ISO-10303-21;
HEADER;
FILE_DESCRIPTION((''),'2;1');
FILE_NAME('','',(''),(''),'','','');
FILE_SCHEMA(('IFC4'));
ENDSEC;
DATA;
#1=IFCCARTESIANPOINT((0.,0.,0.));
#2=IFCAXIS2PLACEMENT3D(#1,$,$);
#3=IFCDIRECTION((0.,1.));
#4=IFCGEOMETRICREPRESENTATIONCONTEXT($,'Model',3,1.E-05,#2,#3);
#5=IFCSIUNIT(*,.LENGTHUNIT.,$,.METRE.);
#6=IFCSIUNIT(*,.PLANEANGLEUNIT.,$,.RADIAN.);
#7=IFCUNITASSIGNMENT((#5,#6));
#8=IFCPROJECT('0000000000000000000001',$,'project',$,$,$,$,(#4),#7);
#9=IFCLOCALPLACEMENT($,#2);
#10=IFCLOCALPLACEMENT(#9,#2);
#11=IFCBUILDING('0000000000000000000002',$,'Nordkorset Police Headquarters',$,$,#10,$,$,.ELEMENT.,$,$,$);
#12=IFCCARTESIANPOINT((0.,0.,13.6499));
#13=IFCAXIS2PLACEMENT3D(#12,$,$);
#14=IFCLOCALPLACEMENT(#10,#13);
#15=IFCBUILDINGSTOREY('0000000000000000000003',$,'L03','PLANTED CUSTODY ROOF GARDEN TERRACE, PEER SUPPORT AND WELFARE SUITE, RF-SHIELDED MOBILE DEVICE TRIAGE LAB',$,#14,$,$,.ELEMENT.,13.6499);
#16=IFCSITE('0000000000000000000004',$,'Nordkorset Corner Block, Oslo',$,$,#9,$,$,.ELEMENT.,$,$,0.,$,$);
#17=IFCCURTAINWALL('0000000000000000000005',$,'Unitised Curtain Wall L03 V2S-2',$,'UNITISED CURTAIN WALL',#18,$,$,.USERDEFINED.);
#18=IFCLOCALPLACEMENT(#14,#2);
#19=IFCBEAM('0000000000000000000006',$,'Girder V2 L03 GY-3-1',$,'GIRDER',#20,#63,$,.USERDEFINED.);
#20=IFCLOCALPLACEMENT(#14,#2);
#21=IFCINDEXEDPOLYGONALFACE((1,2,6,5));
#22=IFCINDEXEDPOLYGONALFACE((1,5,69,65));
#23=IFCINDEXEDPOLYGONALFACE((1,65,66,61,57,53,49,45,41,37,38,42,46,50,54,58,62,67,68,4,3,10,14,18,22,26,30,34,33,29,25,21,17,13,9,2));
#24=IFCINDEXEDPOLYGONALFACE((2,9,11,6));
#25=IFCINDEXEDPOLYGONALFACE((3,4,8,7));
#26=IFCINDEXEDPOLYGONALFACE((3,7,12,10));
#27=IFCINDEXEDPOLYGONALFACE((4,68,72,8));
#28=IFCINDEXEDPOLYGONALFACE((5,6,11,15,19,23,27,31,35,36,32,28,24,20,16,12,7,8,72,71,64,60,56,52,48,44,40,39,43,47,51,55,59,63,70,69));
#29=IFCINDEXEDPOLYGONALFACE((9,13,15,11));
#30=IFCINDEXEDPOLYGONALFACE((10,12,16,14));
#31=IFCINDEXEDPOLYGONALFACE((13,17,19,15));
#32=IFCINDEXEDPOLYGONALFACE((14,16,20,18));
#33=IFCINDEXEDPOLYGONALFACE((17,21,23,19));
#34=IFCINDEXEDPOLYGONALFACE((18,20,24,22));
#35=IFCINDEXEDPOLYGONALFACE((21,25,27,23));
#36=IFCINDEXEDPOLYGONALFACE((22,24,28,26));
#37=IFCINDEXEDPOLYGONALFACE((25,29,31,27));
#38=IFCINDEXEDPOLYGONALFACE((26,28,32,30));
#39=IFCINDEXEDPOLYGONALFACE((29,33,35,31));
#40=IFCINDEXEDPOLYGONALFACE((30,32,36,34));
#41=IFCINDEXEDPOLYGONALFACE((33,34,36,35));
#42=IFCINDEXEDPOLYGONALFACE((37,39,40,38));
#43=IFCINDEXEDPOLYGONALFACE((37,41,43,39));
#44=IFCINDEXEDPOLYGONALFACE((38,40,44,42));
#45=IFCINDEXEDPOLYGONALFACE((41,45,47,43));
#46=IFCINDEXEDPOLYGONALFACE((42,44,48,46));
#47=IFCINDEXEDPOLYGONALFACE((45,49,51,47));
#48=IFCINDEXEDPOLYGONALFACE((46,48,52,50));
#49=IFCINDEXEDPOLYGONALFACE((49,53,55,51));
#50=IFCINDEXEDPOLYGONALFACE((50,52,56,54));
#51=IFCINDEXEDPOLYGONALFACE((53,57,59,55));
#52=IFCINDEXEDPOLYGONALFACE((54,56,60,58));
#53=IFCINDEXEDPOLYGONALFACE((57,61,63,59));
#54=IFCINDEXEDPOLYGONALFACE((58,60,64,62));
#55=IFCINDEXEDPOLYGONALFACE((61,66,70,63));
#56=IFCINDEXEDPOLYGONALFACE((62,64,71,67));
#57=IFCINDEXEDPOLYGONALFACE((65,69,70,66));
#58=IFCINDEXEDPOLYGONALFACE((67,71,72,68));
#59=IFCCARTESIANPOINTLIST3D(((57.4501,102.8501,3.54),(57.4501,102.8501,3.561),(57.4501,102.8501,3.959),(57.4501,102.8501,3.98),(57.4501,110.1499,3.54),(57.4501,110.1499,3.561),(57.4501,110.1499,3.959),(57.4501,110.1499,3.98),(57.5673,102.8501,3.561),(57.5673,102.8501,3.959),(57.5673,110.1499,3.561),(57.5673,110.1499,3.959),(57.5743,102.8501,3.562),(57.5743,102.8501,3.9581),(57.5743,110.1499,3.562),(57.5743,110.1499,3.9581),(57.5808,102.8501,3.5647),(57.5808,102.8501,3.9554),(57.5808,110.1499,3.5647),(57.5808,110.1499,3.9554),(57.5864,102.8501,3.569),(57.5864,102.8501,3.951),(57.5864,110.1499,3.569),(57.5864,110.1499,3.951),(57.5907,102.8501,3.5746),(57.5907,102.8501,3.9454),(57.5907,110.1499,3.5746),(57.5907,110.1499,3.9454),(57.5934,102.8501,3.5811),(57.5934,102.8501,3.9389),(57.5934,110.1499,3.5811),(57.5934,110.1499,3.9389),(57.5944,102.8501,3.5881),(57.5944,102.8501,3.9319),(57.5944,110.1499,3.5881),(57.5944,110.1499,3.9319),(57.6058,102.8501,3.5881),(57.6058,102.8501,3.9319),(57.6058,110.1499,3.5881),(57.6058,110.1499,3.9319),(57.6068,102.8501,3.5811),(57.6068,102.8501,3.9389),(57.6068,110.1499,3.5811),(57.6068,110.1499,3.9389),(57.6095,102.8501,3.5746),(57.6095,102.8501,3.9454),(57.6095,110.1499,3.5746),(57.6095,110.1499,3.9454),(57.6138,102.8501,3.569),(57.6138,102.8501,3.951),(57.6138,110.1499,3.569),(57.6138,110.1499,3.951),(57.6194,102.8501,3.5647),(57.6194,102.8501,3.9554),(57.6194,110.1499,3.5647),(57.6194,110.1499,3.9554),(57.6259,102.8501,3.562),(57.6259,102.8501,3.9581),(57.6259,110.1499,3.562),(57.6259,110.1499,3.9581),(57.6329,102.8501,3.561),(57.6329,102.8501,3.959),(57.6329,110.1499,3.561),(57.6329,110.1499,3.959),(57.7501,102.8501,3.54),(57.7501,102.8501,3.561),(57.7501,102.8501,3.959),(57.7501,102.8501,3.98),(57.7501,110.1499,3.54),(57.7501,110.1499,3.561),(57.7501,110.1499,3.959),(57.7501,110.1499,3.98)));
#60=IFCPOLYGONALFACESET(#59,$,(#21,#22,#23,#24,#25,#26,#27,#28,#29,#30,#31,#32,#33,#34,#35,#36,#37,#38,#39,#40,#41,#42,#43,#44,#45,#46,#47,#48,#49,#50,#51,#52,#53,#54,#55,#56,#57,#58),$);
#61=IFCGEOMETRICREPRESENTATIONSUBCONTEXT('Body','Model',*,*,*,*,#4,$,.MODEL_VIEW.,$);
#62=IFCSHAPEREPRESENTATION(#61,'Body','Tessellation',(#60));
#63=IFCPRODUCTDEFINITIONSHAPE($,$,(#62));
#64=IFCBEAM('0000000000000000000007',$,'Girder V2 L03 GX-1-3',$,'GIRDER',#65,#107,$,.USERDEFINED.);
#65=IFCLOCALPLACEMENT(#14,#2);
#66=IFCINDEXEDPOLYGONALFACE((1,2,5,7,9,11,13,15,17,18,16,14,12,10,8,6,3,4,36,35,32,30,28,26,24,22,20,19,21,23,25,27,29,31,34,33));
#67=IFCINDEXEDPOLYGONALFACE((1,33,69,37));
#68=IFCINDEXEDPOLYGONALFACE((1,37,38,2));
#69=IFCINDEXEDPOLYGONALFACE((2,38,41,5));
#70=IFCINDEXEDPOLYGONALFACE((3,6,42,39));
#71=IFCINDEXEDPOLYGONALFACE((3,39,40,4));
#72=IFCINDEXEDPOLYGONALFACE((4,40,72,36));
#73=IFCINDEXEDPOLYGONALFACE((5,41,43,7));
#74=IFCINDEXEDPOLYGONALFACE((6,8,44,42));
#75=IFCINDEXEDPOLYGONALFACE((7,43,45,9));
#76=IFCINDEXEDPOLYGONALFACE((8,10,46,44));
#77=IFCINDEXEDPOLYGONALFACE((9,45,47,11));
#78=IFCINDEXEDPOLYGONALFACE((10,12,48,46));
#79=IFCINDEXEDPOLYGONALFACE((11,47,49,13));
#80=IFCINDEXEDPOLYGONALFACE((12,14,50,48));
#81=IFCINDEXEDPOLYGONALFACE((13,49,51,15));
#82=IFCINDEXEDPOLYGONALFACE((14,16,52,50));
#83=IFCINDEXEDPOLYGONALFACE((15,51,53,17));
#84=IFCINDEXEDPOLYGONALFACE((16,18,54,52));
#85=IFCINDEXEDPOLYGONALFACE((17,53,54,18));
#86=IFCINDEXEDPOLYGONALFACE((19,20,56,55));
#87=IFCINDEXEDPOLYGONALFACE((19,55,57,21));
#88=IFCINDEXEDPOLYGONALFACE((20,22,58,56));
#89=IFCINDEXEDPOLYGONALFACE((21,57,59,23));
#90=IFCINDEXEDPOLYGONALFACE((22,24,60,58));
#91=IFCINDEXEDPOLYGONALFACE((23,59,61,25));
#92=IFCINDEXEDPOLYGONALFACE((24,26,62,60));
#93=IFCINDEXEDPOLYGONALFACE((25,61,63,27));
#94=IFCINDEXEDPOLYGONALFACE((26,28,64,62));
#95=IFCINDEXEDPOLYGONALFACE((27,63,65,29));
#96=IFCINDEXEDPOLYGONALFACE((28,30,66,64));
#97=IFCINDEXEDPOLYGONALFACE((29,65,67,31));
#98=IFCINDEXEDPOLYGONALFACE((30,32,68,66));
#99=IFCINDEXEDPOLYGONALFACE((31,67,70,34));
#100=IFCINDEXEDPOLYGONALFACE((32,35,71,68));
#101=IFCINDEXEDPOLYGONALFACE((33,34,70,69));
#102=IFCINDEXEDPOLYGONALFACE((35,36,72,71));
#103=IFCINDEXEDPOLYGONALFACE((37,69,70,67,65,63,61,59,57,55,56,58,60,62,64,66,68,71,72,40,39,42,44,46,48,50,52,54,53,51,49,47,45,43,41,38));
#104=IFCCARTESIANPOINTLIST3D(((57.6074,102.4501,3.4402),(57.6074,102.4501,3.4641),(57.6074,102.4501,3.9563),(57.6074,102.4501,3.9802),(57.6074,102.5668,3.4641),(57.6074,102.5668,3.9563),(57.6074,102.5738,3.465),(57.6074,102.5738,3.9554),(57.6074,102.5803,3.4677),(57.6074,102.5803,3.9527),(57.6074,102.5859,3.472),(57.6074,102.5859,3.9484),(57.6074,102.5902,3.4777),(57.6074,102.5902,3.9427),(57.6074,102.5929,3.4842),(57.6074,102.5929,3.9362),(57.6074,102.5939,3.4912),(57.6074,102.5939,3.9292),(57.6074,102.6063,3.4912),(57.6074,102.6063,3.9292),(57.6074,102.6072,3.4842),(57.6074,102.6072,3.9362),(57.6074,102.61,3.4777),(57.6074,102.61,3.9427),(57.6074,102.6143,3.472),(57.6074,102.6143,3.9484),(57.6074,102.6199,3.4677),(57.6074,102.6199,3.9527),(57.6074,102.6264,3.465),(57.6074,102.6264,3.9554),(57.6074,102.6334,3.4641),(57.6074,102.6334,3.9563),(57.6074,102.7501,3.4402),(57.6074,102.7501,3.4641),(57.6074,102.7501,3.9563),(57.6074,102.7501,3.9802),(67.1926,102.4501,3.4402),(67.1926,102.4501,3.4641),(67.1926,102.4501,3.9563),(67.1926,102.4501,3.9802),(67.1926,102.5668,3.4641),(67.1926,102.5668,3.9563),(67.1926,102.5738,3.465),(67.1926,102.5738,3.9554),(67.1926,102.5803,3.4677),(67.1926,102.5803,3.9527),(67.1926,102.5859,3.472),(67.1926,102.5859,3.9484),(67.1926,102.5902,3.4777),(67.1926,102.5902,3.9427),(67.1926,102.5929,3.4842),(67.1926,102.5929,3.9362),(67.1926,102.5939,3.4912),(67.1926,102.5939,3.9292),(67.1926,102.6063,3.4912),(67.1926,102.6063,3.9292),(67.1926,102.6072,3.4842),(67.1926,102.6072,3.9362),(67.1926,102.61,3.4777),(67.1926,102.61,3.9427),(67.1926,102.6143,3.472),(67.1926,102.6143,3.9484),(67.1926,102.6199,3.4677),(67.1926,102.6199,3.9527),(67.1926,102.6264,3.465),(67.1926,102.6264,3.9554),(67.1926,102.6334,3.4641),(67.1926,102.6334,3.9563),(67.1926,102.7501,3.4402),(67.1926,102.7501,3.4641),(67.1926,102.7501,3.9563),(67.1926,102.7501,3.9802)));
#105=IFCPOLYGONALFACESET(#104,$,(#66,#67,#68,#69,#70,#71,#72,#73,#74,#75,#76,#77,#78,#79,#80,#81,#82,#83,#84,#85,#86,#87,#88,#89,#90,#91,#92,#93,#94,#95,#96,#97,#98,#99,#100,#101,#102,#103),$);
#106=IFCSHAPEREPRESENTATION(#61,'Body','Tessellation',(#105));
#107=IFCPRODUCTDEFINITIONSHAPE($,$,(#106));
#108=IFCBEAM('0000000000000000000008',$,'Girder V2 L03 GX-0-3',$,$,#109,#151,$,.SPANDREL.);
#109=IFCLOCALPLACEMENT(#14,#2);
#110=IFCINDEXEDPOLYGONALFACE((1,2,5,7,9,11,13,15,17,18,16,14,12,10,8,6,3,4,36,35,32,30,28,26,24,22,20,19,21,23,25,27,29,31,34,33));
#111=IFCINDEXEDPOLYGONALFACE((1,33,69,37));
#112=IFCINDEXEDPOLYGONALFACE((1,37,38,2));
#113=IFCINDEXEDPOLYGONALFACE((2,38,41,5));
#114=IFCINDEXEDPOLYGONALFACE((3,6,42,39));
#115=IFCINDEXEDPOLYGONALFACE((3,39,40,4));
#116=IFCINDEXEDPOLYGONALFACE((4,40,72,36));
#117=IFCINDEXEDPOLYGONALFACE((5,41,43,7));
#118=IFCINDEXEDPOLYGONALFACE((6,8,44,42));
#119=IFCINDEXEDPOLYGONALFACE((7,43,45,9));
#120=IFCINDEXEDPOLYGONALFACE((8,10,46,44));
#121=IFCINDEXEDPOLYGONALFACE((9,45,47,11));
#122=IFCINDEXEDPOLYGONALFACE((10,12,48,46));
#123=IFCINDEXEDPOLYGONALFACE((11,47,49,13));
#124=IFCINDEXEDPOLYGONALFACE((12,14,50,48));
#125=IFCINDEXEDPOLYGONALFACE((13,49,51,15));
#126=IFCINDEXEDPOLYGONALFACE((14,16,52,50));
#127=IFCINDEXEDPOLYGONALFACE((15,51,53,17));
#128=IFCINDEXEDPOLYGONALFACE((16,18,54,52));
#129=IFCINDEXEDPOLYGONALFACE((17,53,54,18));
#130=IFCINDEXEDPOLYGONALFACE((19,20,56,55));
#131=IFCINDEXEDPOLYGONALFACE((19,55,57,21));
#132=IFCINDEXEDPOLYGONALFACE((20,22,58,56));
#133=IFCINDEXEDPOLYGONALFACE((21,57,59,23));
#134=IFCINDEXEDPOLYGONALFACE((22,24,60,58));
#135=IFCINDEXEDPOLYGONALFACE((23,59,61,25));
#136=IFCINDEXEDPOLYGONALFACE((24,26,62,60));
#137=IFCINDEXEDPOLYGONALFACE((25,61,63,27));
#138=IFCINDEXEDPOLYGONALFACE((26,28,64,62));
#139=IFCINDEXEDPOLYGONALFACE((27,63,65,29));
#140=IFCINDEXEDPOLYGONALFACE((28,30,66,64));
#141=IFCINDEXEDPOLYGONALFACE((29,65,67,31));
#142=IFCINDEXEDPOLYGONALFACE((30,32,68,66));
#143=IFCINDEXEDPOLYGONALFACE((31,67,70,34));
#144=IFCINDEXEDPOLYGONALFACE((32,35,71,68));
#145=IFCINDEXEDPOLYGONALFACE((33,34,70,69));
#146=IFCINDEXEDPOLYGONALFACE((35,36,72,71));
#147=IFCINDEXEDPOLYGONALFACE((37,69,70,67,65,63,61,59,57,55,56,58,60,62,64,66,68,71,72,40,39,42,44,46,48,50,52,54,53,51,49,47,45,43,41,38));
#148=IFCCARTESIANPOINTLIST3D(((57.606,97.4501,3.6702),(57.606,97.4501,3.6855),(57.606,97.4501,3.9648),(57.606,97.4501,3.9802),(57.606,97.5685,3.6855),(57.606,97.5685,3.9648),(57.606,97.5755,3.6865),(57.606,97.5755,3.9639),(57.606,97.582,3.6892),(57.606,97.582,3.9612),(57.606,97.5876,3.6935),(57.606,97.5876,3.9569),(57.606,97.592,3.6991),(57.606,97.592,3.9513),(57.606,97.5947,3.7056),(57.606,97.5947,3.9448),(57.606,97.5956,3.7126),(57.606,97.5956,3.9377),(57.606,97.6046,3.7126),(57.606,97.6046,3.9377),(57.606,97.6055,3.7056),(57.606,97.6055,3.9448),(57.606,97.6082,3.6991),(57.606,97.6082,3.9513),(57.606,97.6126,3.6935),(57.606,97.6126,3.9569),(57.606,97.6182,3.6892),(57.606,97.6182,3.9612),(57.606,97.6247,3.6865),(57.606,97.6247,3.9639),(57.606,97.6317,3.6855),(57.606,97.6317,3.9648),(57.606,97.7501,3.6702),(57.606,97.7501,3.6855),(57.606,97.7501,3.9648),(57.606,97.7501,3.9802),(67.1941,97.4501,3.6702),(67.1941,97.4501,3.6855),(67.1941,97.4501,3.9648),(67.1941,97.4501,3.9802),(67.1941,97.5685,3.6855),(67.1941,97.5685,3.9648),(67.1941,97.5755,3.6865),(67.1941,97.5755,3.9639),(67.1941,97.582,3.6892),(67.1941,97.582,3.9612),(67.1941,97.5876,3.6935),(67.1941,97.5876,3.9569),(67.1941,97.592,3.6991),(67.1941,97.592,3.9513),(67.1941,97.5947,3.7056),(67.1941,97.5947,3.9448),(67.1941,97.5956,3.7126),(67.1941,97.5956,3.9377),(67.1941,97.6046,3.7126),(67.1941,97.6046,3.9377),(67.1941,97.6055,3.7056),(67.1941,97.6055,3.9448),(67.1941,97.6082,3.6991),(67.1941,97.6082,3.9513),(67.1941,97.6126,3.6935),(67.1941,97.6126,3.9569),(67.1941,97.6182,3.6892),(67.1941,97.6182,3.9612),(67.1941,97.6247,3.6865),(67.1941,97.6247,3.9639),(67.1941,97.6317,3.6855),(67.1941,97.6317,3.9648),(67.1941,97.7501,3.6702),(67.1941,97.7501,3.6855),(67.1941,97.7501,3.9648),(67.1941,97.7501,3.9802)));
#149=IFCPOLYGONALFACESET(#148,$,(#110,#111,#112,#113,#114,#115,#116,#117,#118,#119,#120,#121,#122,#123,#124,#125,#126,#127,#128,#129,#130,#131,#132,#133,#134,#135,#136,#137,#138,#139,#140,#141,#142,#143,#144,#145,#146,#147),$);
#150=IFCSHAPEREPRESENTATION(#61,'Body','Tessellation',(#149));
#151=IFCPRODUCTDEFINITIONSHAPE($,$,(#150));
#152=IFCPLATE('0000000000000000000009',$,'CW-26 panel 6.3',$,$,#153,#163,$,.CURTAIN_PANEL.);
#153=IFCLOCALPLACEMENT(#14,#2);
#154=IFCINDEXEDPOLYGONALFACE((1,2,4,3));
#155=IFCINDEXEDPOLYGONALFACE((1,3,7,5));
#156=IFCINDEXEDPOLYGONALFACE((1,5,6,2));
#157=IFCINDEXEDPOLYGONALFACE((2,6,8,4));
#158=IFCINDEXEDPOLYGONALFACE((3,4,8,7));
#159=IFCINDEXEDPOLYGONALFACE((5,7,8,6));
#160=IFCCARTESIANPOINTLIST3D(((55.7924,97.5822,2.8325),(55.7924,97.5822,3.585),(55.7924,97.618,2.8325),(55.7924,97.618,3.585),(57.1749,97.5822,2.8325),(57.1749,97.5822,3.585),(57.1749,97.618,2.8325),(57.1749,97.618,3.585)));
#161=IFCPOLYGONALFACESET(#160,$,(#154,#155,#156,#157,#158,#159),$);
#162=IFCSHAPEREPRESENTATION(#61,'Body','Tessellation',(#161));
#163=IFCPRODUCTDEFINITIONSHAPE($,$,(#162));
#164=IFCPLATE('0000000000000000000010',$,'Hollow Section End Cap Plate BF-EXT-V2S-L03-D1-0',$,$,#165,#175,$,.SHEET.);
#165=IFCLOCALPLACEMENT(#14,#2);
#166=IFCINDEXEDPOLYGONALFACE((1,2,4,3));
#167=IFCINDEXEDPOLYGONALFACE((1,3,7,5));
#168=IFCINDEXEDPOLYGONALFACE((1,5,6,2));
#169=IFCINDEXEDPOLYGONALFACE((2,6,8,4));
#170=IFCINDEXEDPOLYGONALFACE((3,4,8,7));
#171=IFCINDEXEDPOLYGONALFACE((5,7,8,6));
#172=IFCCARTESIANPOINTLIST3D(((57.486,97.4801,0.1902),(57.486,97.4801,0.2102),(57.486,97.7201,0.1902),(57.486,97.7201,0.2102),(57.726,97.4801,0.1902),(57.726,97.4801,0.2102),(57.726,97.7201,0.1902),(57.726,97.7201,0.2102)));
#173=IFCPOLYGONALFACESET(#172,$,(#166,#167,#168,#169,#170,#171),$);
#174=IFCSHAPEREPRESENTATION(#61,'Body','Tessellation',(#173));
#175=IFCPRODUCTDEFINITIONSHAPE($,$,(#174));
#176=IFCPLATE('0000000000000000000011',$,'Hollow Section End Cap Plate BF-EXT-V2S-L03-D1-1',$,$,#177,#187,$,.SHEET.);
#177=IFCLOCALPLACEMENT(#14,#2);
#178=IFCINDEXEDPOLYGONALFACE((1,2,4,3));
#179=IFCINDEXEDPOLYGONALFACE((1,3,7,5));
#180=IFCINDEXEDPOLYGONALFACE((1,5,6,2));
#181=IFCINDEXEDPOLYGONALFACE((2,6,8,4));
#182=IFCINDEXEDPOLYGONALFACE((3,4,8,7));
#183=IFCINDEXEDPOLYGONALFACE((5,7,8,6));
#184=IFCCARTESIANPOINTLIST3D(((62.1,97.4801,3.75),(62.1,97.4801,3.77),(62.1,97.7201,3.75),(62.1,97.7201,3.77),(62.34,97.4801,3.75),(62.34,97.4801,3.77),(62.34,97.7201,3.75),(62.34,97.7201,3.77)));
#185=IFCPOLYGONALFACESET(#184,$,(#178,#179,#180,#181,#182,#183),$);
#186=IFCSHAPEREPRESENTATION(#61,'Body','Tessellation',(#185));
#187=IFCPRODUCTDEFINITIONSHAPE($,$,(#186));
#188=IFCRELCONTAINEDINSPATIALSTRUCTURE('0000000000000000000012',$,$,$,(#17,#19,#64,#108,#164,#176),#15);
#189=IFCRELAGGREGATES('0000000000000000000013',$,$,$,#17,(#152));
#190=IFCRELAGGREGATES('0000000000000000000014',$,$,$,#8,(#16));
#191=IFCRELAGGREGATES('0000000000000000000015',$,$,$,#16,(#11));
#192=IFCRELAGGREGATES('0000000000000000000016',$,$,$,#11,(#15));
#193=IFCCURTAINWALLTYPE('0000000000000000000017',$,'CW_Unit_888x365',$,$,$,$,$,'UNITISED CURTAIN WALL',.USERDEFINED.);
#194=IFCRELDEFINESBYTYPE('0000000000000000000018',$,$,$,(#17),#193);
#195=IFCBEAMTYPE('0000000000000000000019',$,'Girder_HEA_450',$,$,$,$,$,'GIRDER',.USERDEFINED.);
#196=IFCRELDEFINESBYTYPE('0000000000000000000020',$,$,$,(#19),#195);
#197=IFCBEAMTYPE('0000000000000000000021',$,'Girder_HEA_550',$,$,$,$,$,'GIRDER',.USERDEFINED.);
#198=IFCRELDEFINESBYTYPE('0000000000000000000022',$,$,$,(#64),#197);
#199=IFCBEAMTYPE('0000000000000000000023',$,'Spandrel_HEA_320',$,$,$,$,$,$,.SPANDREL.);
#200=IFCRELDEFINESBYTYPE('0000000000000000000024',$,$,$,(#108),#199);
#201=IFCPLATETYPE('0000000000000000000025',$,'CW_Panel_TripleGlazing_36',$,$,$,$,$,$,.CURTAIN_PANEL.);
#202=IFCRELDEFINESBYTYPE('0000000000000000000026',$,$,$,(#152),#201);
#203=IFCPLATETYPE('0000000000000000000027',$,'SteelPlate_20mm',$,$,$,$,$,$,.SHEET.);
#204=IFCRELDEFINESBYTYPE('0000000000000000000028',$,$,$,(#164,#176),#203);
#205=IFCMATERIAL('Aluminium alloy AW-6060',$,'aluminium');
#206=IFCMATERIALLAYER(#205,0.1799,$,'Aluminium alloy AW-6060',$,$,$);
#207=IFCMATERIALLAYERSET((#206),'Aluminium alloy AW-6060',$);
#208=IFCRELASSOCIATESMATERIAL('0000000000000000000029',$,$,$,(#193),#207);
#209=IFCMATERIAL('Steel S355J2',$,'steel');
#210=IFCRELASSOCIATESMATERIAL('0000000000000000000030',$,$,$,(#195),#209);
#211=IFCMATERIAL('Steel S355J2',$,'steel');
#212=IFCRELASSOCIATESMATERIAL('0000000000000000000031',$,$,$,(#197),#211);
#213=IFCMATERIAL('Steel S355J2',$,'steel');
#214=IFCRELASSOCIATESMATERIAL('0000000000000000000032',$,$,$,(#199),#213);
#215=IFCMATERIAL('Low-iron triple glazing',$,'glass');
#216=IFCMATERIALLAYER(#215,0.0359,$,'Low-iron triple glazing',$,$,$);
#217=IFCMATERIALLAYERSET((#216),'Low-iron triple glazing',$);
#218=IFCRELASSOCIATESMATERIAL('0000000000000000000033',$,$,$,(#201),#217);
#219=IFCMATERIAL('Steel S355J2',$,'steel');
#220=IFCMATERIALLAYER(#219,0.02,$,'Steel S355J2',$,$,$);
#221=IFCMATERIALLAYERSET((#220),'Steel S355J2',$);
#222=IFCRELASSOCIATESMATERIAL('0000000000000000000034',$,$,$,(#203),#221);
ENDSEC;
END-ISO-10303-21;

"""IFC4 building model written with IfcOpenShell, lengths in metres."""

from ifc_helpers import new_model, si_unit, direction, frame, origin, origin_2d, place, context, subcontext, project, spatial, rectangle, i_section, extrude, material, layer, layer_set, material_profile, profile_set, type_object, element, aggregate, save


model = new_model("IFC4")

# Units and contexts
model_context = context("Model", 3, precision=1e-05, world=origin(), true_north=direction((0.0, 1.0)))
body_context = subcontext(model_context, "Body", "Model", "MODEL_VIEW")
ifc_project = project(units=[si_unit("LENGTHUNIT", "METRE"), si_unit("PLANEANGLEUNIT", "RADIAN")], contexts=[model_context])

# Site, building, storey
site_placement = place(None, origin())
site = spatial("IfcSite", under=ifc_project, at=site_placement, Name="Nordkorset Corner Block, Oslo", CompositionType="ELEMENT", RefElevation=0.0)
building_placement = place(site_placement, origin())
building = spatial("IfcBuilding", under=site, at=building_placement, Name="Nordkorset Police Headquarters", CompositionType="ELEMENT")
storey_placement = place(building_placement, frame((0.0, 0.0, 13.6499)))
storey = spatial("IfcBuildingStorey", under=building, at=storey_placement, Name="L03", Description="PLANTED CUSTODY ROOF GARDEN TERRACE, PEER SUPPORT AND WELFARE SUITE, RF-SHIELDED MOBILE DEVICE TRIAGE LAB", CompositionType="ELEMENT", Elevation=13.6499)

# Curtain wall
ifc_material_1 = material(Name="Aluminium alloy AW-6060", Category="aluminium")
ifc_layer_1 = layer(ifc_material_1, 0.1799, Name="Aluminium alloy AW-6060")
ifc_layer_set_1 = layer_set([ifc_layer_1], Name="Aluminium alloy AW-6060")
curtain_wall_type = type_object("IfcCurtainWallType", Name="CW_Unit_888x365", ElementType="UNITISED CURTAIN WALL", PredefinedType="USERDEFINED", material=ifc_layer_set_1)
curtain_wall_placement = place(storey_placement, origin())
curtain_wall = element("IfcCurtainWall", 1, at=curtain_wall_placement, inside=storey, type_object=curtain_wall_type, Name="Unitised Curtain Wall L03 V2S-2", ObjectType="UNITISED CURTAIN WALL", PredefinedType="USERDEFINED")

# Beams
ifc_material_2 = material(Name="Steel S355J2", Category="steel")
ifc_material_profile_1 = material_profile(ifc_material_2, i_section(OverallWidth=0.3, OverallDepth=0.4399, WebThickness=0.0115, FlangeThickness=0.021, FilletRadius=0.0271, at=origin_2d()), Name="HEA 450")
ifc_profile_set_1 = profile_set([ifc_material_profile_1], Name="Steel S355J2")
beam_type_1 = type_object("IfcBeamType", Name="Girder_HEA_450", ElementType="GIRDER", PredefinedType="USERDEFINED", material=ifc_profile_set_1)
beam_1_placement = place(storey_placement, frame((57.6001, 102.8501, 3.76), z_axis=(0.0, 1.0, 0.0), x_axis=(-1.0, 0.0, 0.0)))
element("IfcBeam", 2, at=beam_1_placement, inside=storey, type_object=beam_type_1, Name="Girder V2 L03 GY-3-1", ObjectType="GIRDER", PredefinedType="USERDEFINED", context=body_context, shape_type="SweptSolid", body=[
    extrude(i_section(OverallWidth=0.3, OverallDepth=0.4399, WebThickness=0.0115, FlangeThickness=0.021, FilletRadius=0.0271, at=origin_2d()), origin(), (0.0, 0.0, 1.0), 7.2998),
])
ifc_material_3 = material(Name="Steel S355J2", Category="steel")
ifc_material_profile_2 = material_profile(ifc_material_3, i_section(OverallWidth=0.3, OverallDepth=0.54, WebThickness=0.0125, FlangeThickness=0.0239, FilletRadius=0.0271, at=origin_2d()), Name="HEA 550")
ifc_profile_set_2 = profile_set([ifc_material_profile_2], Name="Steel S355J2")
beam_type_2 = type_object("IfcBeamType", Name="Girder_HEA_550", ElementType="GIRDER", PredefinedType="USERDEFINED", material=ifc_profile_set_2)
beam_2_placement = place(storey_placement, frame((57.6074, 102.6001, 3.7102), z_axis=(1.0, 0.0, 0.0), x_axis=(0.0, 1.0, 0.0)))
element("IfcBeam", 3, at=beam_2_placement, inside=storey, type_object=beam_type_2, Name="Girder V2 L03 GX-1-3", ObjectType="GIRDER", PredefinedType="USERDEFINED", context=body_context, shape_type="SweptSolid", body=[
    extrude(i_section(OverallWidth=0.3, OverallDepth=0.54, WebThickness=0.0125, FlangeThickness=0.0239, FilletRadius=0.0271, at=origin_2d()), origin(), (0.0, 0.0, 1.0), 9.5852),
])
ifc_material_4 = material(Name="Steel S355J2", Category="steel")
ifc_material_profile_3 = material_profile(ifc_material_4, i_section(OverallWidth=0.3, OverallDepth=0.3101, WebThickness=0.009, FlangeThickness=0.0154, FilletRadius=0.0271, at=origin_2d()), Name="HEA 320")
ifc_profile_set_3 = profile_set([ifc_material_profile_3], Name="Steel S355J2")
beam_type_3 = type_object("IfcBeamType", Name="Spandrel_HEA_320", PredefinedType="SPANDREL", material=ifc_profile_set_3)
beam_3_placement = place(storey_placement, frame((57.606, 97.6001, 3.8252), z_axis=(1.0, 0.0, 0.0), x_axis=(0.0, 1.0, 0.0)))
element("IfcBeam", 4, at=beam_3_placement, inside=storey, type_object=beam_type_3, Name="Girder V2 L03 GX-0-3", PredefinedType="SPANDREL", context=body_context, shape_type="SweptSolid", body=[
    extrude(i_section(OverallWidth=0.3, OverallDepth=0.3101, WebThickness=0.009, FlangeThickness=0.0154, FilletRadius=0.0271, at=origin_2d()), origin(), (0.0, 0.0, 1.0), 9.5881),
])

# Plate
ifc_material_5 = material(Name="Low-iron triple glazing", Category="glass")
ifc_layer_2 = layer(ifc_material_5, 0.0359, Name="Low-iron triple glazing")
ifc_layer_set_2 = layer_set([ifc_layer_2], Name="Low-iron triple glazing")
plate_type_1 = type_object("IfcPlateType", Name="CW_Panel_TripleGlazing_36", PredefinedType="CURTAIN_PANEL", material=ifc_layer_set_2)
plate_placement = place(storey_placement, frame((56.4836, 97.6001, 2.8325), z_axis=(0.0, 0.0, 1.0), x_axis=(1.0, 0.0, 0.0)))
plate = element("IfcPlate", 5, at=plate_placement, type_object=plate_type_1, Name="CW-26 panel 6.3", PredefinedType="CURTAIN_PANEL", context=body_context, shape_type="SweptSolid", body=[
    extrude(rectangle(XDim=1.3826, YDim=0.0359, at=origin_2d()), origin(), (0.0, 0.0, 1.0), 0.7524),
])
aggregate(curtain_wall, [plate])

# Plates
ifc_material_6 = material(Name="Steel S355J2", Category="steel")
ifc_layer_3 = layer(ifc_material_6, 0.02, Name="Steel S355J2")
ifc_layer_set_3 = layer_set([ifc_layer_3], Name="Steel S355J2")
plate_type_2 = type_object("IfcPlateType", Name="SteelPlate_20mm", PredefinedType="SHEET", material=ifc_layer_set_3)
for number, where, z_axis, x_axis, name in (
    (6, (57.606, 97.6001, 0.1902), (0.0, 0.0, 1.0), (1.0, 0.0, 0.0), "Hollow Section End Cap Plate BF-EXT-V2S-L03-D1-0"),
    (7, (62.22, 97.6001, 3.75), (0.0, 0.0, 1.0), (1.0, 0.0, 0.0), "Hollow Section End Cap Plate BF-EXT-V2S-L03-D1-1"),
):
    element("IfcPlate", number, at=place(storey_placement, frame(where, z_axis=z_axis, x_axis=x_axis)), inside=storey, type_object=plate_type_2, Name=name, PredefinedType="SHEET", context=body_context, shape_type="SweptSolid", body=[
        extrude(rectangle(XDim=0.24, YDim=0.24, at=origin_2d()), origin(), (0.0, 0.0, 1.0), 0.02),
    ])

save(model, "model.ifc")
